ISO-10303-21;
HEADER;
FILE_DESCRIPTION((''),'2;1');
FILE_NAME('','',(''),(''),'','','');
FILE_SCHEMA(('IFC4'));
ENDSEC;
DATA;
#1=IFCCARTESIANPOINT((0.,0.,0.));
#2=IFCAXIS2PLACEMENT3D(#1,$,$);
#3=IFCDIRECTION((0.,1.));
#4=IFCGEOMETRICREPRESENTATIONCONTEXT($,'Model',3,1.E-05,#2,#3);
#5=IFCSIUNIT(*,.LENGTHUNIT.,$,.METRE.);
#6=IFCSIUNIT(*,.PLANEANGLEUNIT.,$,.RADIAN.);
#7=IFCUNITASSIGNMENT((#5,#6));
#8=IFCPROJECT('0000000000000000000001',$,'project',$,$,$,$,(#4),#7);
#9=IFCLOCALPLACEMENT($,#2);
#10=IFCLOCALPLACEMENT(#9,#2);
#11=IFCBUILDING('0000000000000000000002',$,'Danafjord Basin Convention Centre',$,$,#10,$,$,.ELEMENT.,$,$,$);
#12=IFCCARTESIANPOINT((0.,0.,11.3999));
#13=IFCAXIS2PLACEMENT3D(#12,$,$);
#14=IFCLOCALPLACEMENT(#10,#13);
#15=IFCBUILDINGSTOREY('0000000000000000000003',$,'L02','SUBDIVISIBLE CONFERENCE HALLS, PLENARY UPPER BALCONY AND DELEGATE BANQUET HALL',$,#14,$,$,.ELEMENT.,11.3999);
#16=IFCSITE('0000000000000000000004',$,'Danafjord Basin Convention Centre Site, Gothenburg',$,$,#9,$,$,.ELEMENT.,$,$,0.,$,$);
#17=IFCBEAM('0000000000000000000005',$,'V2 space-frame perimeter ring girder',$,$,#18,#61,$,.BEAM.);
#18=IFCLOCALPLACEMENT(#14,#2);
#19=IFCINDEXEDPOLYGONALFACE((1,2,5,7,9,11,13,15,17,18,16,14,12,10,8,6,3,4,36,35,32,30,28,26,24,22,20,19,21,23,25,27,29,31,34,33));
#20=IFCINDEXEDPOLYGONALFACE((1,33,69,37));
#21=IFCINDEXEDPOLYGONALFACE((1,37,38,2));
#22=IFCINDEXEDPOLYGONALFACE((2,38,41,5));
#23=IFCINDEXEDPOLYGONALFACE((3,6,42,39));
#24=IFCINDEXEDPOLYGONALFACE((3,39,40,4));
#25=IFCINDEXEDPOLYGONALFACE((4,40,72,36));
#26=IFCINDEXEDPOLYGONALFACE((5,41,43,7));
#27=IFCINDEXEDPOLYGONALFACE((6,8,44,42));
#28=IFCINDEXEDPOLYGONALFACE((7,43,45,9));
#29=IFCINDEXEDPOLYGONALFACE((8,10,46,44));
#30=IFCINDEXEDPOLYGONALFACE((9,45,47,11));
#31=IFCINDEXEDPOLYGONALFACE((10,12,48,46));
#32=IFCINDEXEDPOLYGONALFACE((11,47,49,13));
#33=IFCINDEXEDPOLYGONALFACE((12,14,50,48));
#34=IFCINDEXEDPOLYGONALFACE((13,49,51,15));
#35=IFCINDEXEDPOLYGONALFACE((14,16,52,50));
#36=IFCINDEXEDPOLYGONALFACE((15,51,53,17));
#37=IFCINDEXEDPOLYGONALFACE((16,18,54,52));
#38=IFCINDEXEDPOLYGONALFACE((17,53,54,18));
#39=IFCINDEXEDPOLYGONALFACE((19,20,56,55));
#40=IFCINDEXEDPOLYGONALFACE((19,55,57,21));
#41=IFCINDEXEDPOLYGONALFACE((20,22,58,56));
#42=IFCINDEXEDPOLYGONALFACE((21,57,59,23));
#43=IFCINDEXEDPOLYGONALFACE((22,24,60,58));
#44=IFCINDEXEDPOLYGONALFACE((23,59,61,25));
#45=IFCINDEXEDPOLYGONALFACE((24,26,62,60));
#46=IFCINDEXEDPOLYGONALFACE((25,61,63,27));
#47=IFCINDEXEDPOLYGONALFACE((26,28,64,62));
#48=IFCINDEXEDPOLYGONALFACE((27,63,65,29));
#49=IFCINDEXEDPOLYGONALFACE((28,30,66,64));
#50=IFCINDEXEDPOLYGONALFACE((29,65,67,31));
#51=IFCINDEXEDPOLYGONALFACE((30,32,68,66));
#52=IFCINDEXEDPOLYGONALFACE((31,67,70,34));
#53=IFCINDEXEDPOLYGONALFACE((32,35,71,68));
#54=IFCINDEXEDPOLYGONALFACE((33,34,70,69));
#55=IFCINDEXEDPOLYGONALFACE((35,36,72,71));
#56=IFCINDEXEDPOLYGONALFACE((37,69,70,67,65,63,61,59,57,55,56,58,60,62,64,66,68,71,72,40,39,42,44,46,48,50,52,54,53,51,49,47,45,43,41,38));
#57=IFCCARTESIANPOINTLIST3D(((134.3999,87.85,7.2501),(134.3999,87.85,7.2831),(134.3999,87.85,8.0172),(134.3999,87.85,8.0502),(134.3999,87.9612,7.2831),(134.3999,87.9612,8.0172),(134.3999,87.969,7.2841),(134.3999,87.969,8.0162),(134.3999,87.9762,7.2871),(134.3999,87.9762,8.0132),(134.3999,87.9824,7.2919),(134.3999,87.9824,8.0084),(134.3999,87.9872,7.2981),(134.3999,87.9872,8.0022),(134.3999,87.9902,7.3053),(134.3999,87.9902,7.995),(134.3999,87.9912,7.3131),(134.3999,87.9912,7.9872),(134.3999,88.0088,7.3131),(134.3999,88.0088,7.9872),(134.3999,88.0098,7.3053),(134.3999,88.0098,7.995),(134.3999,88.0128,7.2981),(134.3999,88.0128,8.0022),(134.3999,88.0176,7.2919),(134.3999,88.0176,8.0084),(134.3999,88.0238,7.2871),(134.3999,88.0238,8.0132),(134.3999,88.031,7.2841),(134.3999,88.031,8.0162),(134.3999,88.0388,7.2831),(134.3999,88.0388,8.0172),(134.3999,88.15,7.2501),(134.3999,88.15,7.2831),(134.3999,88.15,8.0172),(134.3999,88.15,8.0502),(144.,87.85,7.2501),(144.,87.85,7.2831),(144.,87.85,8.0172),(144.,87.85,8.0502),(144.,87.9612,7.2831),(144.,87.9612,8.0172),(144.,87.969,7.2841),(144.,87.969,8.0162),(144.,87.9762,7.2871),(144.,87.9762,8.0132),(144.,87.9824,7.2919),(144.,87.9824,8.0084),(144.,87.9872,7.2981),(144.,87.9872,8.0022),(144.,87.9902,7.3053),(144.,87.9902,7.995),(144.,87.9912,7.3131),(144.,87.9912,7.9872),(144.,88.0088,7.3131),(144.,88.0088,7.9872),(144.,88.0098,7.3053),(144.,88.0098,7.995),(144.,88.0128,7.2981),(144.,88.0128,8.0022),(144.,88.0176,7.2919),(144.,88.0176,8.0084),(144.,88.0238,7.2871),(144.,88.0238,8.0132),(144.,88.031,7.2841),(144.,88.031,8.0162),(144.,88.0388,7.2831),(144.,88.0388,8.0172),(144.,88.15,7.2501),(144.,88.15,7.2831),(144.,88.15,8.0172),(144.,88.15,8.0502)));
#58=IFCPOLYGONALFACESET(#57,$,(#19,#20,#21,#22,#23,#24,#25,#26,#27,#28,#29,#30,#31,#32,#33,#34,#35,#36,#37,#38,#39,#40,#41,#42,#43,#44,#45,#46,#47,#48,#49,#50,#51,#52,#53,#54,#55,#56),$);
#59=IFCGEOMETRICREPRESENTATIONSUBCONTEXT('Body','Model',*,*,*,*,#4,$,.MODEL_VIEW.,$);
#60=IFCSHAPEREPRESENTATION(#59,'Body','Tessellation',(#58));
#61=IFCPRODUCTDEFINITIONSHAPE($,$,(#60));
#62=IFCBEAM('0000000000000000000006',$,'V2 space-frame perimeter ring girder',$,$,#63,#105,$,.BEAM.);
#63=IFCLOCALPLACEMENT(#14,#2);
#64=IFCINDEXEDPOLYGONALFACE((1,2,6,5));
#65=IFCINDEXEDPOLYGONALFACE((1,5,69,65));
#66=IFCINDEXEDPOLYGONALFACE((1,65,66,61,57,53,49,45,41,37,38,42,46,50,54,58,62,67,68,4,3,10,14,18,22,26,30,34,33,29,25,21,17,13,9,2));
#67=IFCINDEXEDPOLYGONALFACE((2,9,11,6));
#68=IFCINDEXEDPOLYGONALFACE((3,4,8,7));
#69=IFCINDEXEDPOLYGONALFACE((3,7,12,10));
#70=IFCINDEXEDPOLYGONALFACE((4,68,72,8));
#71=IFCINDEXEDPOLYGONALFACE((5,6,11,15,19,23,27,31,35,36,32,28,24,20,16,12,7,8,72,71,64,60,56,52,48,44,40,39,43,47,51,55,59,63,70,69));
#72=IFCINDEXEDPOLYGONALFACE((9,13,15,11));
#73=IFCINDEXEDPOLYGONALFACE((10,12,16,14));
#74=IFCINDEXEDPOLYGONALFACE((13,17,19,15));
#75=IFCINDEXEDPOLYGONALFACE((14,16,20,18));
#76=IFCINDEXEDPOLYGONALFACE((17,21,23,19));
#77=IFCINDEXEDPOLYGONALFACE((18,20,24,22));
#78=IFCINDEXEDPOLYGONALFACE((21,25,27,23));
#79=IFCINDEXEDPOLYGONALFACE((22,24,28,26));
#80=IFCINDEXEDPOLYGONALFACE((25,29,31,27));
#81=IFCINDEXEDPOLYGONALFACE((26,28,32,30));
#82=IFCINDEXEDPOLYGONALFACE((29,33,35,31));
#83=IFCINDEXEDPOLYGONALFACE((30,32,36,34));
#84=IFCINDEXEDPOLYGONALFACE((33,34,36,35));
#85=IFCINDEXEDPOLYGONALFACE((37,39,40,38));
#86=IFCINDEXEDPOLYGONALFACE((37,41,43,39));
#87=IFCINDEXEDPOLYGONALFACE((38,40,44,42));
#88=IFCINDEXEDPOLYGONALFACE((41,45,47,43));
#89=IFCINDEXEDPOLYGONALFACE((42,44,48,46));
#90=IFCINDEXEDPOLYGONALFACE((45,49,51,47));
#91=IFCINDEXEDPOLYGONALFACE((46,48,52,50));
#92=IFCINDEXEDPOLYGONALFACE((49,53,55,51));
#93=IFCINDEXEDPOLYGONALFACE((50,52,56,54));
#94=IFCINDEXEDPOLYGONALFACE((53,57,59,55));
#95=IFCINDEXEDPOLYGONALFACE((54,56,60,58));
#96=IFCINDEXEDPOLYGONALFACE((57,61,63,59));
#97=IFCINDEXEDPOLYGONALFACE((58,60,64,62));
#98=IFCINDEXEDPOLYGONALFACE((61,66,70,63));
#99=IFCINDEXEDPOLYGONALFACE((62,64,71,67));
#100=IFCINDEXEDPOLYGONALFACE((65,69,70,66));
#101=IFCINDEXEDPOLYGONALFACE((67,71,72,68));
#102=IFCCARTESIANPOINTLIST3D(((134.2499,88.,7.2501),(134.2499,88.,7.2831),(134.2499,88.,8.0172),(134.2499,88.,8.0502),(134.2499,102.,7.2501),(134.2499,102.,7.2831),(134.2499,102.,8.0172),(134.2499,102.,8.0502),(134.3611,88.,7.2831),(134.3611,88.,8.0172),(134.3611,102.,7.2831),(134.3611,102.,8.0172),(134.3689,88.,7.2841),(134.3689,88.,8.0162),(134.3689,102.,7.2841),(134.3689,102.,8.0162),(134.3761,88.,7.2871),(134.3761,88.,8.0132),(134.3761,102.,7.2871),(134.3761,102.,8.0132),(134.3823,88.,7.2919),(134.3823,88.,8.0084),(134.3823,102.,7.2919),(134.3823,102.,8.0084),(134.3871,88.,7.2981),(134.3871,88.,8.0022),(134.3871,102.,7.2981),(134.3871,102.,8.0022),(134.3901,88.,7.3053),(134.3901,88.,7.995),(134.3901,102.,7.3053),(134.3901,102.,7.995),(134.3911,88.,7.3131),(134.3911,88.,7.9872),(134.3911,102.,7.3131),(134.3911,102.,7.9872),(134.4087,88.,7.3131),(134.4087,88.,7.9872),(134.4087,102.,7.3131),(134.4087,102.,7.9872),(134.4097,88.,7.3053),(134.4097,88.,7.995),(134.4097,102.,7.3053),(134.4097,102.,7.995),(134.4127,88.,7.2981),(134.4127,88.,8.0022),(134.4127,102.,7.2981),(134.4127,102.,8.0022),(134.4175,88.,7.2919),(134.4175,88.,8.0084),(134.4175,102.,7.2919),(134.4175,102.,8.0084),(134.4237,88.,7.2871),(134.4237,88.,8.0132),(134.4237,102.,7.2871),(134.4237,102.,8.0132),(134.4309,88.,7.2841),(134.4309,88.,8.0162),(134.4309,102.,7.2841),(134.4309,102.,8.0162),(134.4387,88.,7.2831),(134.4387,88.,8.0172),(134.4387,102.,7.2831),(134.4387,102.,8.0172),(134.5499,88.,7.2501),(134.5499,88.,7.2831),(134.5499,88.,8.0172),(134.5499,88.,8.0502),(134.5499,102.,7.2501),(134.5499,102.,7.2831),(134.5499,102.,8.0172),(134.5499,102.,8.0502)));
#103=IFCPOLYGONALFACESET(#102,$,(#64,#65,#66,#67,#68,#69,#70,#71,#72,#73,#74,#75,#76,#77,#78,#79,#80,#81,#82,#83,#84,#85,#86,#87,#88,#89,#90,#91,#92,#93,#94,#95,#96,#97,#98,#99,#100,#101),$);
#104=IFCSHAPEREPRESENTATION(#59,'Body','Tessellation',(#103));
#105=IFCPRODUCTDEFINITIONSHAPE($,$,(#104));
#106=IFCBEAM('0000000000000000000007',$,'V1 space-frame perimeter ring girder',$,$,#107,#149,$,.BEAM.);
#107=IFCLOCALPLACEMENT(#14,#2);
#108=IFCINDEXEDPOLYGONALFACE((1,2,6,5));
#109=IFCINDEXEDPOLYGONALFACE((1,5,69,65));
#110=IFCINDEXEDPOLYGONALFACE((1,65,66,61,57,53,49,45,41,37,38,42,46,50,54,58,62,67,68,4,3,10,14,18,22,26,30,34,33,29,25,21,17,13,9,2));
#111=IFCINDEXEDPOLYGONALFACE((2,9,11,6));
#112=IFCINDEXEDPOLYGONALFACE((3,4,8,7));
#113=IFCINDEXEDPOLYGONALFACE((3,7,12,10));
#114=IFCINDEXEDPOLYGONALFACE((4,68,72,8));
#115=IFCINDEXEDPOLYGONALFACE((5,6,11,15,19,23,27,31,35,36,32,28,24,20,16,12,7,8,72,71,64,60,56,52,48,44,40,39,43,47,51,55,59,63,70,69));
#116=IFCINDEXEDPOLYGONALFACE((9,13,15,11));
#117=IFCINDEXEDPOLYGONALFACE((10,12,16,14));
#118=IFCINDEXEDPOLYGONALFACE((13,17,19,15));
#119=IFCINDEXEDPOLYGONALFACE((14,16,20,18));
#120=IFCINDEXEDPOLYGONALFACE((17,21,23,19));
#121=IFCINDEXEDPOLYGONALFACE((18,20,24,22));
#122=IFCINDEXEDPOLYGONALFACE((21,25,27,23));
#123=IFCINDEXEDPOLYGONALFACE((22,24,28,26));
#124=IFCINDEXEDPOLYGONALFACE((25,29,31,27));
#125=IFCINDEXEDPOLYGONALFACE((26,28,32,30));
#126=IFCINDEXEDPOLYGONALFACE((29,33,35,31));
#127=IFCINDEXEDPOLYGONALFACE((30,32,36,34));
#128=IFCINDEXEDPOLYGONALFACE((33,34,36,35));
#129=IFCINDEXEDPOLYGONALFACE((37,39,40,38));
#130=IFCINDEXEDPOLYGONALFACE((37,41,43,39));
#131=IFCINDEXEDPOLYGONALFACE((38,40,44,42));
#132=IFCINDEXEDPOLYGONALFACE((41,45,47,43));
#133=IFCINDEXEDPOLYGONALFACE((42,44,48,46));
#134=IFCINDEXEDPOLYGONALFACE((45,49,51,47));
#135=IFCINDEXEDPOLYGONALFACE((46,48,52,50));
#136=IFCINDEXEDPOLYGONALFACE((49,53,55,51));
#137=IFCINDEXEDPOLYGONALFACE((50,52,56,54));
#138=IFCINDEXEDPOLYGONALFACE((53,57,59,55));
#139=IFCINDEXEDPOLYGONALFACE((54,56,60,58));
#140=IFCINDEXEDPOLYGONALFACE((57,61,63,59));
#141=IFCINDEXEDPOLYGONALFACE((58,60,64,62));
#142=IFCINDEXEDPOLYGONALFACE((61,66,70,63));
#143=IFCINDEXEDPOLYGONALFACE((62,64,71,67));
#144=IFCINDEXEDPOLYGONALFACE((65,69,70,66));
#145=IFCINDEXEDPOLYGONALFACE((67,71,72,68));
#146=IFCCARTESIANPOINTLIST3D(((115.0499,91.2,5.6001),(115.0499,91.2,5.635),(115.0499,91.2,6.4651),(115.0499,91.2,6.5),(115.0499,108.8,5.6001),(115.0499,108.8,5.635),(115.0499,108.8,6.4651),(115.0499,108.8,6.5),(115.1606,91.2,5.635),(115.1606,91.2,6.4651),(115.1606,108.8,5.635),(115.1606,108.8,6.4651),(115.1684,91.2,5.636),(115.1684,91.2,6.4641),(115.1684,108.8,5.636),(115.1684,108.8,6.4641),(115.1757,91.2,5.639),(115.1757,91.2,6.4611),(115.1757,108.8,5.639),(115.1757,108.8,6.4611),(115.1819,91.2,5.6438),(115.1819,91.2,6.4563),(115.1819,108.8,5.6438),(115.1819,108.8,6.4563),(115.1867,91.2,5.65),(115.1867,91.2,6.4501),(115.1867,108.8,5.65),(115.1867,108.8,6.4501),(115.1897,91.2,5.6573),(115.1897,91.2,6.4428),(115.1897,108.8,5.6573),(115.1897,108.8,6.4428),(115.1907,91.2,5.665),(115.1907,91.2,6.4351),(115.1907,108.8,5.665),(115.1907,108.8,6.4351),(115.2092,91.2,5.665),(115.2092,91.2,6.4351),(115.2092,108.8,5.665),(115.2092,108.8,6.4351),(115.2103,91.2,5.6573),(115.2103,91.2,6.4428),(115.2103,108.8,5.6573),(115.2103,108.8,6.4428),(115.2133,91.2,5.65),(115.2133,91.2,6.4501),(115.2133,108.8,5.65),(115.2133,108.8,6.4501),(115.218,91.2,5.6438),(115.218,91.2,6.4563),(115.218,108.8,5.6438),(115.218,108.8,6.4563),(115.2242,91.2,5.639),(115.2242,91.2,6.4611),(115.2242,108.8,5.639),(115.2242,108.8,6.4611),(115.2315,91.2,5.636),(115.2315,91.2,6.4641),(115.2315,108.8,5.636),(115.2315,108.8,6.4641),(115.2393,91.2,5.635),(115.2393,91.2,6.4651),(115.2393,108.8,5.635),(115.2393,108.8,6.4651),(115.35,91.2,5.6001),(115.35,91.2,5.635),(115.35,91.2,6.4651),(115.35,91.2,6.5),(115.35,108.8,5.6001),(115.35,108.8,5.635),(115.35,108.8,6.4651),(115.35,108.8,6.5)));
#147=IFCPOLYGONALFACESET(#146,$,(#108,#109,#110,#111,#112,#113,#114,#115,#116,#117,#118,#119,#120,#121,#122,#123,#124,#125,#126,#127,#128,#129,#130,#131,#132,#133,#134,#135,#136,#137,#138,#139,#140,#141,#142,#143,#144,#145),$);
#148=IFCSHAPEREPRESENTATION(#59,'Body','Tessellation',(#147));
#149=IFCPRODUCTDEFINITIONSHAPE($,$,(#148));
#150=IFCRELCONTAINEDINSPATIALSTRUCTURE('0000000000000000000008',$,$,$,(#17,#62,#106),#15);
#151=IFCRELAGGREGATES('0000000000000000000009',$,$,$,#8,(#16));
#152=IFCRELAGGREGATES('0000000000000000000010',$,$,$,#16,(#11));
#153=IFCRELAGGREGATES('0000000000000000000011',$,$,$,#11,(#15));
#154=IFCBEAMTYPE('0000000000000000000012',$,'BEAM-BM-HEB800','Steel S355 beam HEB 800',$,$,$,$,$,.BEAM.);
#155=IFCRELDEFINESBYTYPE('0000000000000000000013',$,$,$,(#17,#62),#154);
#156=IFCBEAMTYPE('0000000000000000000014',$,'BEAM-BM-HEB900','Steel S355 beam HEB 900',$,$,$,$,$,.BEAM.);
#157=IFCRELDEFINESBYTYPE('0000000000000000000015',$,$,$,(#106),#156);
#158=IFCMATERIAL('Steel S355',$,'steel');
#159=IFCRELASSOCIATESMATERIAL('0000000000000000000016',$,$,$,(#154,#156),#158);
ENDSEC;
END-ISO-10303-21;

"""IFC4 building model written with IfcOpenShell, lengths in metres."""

from ifc_helpers import new_model, si_unit, direction, frame, origin, origin_2d, place, context, subcontext, project, spatial, i_section, extrude, material, material_profile, profile_set, type_object, element, save


model = new_model("IFC4")

# Units and contexts
model_context = context("Model", 3, precision=1e-05, world=origin(), true_north=direction((0.0, 1.0)))
body_context = subcontext(model_context, "Body", "Model", "MODEL_VIEW")
ifc_project = project(units=[si_unit("LENGTHUNIT", "METRE"), si_unit("PLANEANGLEUNIT", "RADIAN")], contexts=[model_context])

# Site, building, storey
site_placement = place(None, origin())
site = spatial("IfcSite", under=ifc_project, at=site_placement, Name="Danafjord Basin Convention Centre Site, Gothenburg", CompositionType="ELEMENT", RefElevation=0.0)
building_placement = place(site_placement, origin())
building = spatial("IfcBuilding", under=site, at=building_placement, Name="Danafjord Basin Convention Centre", CompositionType="ELEMENT")
storey_placement = place(building_placement, frame((0.0, 0.0, 11.3999)))
storey = spatial("IfcBuildingStorey", under=building, at=storey_placement, Name="L02", Description="SUBDIVISIBLE CONFERENCE HALLS, PLENARY UPPER BALCONY AND DELEGATE BANQUET HALL", CompositionType="ELEMENT", Elevation=11.3999)

# Beams
ifc_material_1 = material(Name="Steel S355", Category="steel")
ifc_material_profile_1 = material_profile(ifc_material_1, i_section(OverallWidth=0.3, OverallDepth=0.8, WebThickness=0.0176, FlangeThickness=0.033, FilletRadius=0.03, at=origin_2d()), Name="HEB 800")
ifc_profile_set_1 = profile_set([ifc_material_profile_1], Name="Steel S355")
beam_type_1 = type_object("IfcBeamType", Name="BEAM-BM-HEB800", Description="Steel S355 beam HEB 800", PredefinedType="BEAM", material=ifc_profile_set_1)
beam_1_placement = place(storey_placement, frame((134.3999, 88.0, 7.6501), z_axis=(1.0, 0.0, 0.0), x_axis=(0.0, 1.0, 0.0)))
element("IfcBeam", 1, at=beam_1_placement, inside=storey, type_object=beam_type_1, Name="V2 space-frame perimeter ring girder", PredefinedType="BEAM", context=body_context, shape_type="SweptSolid", body=[
    extrude(i_section(OverallWidth=0.3, OverallDepth=0.8, WebThickness=0.0176, FlangeThickness=0.033, FilletRadius=0.03, at=origin_2d()), origin(), (0.0, 0.0, 1.0), 9.6001),
])
beam_2_placement = place(storey_placement, frame((134.3999, 88.0, 7.6501), z_axis=(0.0, 1.0, 0.0), x_axis=(-1.0, 0.0, 0.0)))
element("IfcBeam", 2, at=beam_2_placement, inside=storey, type_object=beam_type_1, Name="V2 space-frame perimeter ring girder", PredefinedType="BEAM", context=body_context, shape_type="SweptSolid", body=[
    extrude(i_section(OverallWidth=0.3, OverallDepth=0.8, WebThickness=0.0176, FlangeThickness=0.033, FilletRadius=0.03, at=origin_2d()), origin(), (0.0, 0.0, 1.0), 14.0),
])
ifc_material_profile_2 = material_profile(ifc_material_1, i_section(OverallWidth=0.3, OverallDepth=0.8999, WebThickness=0.0186, FlangeThickness=0.0349, FilletRadius=0.03, at=origin_2d()), Name="HEB 900")
ifc_profile_set_2 = profile_set([ifc_material_profile_2], Name="Steel S355")
beam_type_2 = type_object("IfcBeamType", Name="BEAM-BM-HEB900", Description="Steel S355 beam HEB 900", PredefinedType="BEAM", material=ifc_profile_set_2)
beam_3_placement = place(storey_placement, frame((115.2, 91.2, 6.05), z_axis=(0.0, 1.0, 0.0), x_axis=(-1.0, 0.0, 0.0)))
element("IfcBeam", 3, at=beam_3_placement, inside=storey, type_object=beam_type_2, Name="V1 space-frame perimeter ring girder", PredefinedType="BEAM", context=body_context, shape_type="SweptSolid", body=[
    extrude(i_section(OverallWidth=0.3, OverallDepth=0.8999, WebThickness=0.0186, FlangeThickness=0.0349, FilletRadius=0.03, at=origin_2d()), origin(), (0.0, 0.0, 1.0), 17.6001),
])

save(model, "model.ifc")
